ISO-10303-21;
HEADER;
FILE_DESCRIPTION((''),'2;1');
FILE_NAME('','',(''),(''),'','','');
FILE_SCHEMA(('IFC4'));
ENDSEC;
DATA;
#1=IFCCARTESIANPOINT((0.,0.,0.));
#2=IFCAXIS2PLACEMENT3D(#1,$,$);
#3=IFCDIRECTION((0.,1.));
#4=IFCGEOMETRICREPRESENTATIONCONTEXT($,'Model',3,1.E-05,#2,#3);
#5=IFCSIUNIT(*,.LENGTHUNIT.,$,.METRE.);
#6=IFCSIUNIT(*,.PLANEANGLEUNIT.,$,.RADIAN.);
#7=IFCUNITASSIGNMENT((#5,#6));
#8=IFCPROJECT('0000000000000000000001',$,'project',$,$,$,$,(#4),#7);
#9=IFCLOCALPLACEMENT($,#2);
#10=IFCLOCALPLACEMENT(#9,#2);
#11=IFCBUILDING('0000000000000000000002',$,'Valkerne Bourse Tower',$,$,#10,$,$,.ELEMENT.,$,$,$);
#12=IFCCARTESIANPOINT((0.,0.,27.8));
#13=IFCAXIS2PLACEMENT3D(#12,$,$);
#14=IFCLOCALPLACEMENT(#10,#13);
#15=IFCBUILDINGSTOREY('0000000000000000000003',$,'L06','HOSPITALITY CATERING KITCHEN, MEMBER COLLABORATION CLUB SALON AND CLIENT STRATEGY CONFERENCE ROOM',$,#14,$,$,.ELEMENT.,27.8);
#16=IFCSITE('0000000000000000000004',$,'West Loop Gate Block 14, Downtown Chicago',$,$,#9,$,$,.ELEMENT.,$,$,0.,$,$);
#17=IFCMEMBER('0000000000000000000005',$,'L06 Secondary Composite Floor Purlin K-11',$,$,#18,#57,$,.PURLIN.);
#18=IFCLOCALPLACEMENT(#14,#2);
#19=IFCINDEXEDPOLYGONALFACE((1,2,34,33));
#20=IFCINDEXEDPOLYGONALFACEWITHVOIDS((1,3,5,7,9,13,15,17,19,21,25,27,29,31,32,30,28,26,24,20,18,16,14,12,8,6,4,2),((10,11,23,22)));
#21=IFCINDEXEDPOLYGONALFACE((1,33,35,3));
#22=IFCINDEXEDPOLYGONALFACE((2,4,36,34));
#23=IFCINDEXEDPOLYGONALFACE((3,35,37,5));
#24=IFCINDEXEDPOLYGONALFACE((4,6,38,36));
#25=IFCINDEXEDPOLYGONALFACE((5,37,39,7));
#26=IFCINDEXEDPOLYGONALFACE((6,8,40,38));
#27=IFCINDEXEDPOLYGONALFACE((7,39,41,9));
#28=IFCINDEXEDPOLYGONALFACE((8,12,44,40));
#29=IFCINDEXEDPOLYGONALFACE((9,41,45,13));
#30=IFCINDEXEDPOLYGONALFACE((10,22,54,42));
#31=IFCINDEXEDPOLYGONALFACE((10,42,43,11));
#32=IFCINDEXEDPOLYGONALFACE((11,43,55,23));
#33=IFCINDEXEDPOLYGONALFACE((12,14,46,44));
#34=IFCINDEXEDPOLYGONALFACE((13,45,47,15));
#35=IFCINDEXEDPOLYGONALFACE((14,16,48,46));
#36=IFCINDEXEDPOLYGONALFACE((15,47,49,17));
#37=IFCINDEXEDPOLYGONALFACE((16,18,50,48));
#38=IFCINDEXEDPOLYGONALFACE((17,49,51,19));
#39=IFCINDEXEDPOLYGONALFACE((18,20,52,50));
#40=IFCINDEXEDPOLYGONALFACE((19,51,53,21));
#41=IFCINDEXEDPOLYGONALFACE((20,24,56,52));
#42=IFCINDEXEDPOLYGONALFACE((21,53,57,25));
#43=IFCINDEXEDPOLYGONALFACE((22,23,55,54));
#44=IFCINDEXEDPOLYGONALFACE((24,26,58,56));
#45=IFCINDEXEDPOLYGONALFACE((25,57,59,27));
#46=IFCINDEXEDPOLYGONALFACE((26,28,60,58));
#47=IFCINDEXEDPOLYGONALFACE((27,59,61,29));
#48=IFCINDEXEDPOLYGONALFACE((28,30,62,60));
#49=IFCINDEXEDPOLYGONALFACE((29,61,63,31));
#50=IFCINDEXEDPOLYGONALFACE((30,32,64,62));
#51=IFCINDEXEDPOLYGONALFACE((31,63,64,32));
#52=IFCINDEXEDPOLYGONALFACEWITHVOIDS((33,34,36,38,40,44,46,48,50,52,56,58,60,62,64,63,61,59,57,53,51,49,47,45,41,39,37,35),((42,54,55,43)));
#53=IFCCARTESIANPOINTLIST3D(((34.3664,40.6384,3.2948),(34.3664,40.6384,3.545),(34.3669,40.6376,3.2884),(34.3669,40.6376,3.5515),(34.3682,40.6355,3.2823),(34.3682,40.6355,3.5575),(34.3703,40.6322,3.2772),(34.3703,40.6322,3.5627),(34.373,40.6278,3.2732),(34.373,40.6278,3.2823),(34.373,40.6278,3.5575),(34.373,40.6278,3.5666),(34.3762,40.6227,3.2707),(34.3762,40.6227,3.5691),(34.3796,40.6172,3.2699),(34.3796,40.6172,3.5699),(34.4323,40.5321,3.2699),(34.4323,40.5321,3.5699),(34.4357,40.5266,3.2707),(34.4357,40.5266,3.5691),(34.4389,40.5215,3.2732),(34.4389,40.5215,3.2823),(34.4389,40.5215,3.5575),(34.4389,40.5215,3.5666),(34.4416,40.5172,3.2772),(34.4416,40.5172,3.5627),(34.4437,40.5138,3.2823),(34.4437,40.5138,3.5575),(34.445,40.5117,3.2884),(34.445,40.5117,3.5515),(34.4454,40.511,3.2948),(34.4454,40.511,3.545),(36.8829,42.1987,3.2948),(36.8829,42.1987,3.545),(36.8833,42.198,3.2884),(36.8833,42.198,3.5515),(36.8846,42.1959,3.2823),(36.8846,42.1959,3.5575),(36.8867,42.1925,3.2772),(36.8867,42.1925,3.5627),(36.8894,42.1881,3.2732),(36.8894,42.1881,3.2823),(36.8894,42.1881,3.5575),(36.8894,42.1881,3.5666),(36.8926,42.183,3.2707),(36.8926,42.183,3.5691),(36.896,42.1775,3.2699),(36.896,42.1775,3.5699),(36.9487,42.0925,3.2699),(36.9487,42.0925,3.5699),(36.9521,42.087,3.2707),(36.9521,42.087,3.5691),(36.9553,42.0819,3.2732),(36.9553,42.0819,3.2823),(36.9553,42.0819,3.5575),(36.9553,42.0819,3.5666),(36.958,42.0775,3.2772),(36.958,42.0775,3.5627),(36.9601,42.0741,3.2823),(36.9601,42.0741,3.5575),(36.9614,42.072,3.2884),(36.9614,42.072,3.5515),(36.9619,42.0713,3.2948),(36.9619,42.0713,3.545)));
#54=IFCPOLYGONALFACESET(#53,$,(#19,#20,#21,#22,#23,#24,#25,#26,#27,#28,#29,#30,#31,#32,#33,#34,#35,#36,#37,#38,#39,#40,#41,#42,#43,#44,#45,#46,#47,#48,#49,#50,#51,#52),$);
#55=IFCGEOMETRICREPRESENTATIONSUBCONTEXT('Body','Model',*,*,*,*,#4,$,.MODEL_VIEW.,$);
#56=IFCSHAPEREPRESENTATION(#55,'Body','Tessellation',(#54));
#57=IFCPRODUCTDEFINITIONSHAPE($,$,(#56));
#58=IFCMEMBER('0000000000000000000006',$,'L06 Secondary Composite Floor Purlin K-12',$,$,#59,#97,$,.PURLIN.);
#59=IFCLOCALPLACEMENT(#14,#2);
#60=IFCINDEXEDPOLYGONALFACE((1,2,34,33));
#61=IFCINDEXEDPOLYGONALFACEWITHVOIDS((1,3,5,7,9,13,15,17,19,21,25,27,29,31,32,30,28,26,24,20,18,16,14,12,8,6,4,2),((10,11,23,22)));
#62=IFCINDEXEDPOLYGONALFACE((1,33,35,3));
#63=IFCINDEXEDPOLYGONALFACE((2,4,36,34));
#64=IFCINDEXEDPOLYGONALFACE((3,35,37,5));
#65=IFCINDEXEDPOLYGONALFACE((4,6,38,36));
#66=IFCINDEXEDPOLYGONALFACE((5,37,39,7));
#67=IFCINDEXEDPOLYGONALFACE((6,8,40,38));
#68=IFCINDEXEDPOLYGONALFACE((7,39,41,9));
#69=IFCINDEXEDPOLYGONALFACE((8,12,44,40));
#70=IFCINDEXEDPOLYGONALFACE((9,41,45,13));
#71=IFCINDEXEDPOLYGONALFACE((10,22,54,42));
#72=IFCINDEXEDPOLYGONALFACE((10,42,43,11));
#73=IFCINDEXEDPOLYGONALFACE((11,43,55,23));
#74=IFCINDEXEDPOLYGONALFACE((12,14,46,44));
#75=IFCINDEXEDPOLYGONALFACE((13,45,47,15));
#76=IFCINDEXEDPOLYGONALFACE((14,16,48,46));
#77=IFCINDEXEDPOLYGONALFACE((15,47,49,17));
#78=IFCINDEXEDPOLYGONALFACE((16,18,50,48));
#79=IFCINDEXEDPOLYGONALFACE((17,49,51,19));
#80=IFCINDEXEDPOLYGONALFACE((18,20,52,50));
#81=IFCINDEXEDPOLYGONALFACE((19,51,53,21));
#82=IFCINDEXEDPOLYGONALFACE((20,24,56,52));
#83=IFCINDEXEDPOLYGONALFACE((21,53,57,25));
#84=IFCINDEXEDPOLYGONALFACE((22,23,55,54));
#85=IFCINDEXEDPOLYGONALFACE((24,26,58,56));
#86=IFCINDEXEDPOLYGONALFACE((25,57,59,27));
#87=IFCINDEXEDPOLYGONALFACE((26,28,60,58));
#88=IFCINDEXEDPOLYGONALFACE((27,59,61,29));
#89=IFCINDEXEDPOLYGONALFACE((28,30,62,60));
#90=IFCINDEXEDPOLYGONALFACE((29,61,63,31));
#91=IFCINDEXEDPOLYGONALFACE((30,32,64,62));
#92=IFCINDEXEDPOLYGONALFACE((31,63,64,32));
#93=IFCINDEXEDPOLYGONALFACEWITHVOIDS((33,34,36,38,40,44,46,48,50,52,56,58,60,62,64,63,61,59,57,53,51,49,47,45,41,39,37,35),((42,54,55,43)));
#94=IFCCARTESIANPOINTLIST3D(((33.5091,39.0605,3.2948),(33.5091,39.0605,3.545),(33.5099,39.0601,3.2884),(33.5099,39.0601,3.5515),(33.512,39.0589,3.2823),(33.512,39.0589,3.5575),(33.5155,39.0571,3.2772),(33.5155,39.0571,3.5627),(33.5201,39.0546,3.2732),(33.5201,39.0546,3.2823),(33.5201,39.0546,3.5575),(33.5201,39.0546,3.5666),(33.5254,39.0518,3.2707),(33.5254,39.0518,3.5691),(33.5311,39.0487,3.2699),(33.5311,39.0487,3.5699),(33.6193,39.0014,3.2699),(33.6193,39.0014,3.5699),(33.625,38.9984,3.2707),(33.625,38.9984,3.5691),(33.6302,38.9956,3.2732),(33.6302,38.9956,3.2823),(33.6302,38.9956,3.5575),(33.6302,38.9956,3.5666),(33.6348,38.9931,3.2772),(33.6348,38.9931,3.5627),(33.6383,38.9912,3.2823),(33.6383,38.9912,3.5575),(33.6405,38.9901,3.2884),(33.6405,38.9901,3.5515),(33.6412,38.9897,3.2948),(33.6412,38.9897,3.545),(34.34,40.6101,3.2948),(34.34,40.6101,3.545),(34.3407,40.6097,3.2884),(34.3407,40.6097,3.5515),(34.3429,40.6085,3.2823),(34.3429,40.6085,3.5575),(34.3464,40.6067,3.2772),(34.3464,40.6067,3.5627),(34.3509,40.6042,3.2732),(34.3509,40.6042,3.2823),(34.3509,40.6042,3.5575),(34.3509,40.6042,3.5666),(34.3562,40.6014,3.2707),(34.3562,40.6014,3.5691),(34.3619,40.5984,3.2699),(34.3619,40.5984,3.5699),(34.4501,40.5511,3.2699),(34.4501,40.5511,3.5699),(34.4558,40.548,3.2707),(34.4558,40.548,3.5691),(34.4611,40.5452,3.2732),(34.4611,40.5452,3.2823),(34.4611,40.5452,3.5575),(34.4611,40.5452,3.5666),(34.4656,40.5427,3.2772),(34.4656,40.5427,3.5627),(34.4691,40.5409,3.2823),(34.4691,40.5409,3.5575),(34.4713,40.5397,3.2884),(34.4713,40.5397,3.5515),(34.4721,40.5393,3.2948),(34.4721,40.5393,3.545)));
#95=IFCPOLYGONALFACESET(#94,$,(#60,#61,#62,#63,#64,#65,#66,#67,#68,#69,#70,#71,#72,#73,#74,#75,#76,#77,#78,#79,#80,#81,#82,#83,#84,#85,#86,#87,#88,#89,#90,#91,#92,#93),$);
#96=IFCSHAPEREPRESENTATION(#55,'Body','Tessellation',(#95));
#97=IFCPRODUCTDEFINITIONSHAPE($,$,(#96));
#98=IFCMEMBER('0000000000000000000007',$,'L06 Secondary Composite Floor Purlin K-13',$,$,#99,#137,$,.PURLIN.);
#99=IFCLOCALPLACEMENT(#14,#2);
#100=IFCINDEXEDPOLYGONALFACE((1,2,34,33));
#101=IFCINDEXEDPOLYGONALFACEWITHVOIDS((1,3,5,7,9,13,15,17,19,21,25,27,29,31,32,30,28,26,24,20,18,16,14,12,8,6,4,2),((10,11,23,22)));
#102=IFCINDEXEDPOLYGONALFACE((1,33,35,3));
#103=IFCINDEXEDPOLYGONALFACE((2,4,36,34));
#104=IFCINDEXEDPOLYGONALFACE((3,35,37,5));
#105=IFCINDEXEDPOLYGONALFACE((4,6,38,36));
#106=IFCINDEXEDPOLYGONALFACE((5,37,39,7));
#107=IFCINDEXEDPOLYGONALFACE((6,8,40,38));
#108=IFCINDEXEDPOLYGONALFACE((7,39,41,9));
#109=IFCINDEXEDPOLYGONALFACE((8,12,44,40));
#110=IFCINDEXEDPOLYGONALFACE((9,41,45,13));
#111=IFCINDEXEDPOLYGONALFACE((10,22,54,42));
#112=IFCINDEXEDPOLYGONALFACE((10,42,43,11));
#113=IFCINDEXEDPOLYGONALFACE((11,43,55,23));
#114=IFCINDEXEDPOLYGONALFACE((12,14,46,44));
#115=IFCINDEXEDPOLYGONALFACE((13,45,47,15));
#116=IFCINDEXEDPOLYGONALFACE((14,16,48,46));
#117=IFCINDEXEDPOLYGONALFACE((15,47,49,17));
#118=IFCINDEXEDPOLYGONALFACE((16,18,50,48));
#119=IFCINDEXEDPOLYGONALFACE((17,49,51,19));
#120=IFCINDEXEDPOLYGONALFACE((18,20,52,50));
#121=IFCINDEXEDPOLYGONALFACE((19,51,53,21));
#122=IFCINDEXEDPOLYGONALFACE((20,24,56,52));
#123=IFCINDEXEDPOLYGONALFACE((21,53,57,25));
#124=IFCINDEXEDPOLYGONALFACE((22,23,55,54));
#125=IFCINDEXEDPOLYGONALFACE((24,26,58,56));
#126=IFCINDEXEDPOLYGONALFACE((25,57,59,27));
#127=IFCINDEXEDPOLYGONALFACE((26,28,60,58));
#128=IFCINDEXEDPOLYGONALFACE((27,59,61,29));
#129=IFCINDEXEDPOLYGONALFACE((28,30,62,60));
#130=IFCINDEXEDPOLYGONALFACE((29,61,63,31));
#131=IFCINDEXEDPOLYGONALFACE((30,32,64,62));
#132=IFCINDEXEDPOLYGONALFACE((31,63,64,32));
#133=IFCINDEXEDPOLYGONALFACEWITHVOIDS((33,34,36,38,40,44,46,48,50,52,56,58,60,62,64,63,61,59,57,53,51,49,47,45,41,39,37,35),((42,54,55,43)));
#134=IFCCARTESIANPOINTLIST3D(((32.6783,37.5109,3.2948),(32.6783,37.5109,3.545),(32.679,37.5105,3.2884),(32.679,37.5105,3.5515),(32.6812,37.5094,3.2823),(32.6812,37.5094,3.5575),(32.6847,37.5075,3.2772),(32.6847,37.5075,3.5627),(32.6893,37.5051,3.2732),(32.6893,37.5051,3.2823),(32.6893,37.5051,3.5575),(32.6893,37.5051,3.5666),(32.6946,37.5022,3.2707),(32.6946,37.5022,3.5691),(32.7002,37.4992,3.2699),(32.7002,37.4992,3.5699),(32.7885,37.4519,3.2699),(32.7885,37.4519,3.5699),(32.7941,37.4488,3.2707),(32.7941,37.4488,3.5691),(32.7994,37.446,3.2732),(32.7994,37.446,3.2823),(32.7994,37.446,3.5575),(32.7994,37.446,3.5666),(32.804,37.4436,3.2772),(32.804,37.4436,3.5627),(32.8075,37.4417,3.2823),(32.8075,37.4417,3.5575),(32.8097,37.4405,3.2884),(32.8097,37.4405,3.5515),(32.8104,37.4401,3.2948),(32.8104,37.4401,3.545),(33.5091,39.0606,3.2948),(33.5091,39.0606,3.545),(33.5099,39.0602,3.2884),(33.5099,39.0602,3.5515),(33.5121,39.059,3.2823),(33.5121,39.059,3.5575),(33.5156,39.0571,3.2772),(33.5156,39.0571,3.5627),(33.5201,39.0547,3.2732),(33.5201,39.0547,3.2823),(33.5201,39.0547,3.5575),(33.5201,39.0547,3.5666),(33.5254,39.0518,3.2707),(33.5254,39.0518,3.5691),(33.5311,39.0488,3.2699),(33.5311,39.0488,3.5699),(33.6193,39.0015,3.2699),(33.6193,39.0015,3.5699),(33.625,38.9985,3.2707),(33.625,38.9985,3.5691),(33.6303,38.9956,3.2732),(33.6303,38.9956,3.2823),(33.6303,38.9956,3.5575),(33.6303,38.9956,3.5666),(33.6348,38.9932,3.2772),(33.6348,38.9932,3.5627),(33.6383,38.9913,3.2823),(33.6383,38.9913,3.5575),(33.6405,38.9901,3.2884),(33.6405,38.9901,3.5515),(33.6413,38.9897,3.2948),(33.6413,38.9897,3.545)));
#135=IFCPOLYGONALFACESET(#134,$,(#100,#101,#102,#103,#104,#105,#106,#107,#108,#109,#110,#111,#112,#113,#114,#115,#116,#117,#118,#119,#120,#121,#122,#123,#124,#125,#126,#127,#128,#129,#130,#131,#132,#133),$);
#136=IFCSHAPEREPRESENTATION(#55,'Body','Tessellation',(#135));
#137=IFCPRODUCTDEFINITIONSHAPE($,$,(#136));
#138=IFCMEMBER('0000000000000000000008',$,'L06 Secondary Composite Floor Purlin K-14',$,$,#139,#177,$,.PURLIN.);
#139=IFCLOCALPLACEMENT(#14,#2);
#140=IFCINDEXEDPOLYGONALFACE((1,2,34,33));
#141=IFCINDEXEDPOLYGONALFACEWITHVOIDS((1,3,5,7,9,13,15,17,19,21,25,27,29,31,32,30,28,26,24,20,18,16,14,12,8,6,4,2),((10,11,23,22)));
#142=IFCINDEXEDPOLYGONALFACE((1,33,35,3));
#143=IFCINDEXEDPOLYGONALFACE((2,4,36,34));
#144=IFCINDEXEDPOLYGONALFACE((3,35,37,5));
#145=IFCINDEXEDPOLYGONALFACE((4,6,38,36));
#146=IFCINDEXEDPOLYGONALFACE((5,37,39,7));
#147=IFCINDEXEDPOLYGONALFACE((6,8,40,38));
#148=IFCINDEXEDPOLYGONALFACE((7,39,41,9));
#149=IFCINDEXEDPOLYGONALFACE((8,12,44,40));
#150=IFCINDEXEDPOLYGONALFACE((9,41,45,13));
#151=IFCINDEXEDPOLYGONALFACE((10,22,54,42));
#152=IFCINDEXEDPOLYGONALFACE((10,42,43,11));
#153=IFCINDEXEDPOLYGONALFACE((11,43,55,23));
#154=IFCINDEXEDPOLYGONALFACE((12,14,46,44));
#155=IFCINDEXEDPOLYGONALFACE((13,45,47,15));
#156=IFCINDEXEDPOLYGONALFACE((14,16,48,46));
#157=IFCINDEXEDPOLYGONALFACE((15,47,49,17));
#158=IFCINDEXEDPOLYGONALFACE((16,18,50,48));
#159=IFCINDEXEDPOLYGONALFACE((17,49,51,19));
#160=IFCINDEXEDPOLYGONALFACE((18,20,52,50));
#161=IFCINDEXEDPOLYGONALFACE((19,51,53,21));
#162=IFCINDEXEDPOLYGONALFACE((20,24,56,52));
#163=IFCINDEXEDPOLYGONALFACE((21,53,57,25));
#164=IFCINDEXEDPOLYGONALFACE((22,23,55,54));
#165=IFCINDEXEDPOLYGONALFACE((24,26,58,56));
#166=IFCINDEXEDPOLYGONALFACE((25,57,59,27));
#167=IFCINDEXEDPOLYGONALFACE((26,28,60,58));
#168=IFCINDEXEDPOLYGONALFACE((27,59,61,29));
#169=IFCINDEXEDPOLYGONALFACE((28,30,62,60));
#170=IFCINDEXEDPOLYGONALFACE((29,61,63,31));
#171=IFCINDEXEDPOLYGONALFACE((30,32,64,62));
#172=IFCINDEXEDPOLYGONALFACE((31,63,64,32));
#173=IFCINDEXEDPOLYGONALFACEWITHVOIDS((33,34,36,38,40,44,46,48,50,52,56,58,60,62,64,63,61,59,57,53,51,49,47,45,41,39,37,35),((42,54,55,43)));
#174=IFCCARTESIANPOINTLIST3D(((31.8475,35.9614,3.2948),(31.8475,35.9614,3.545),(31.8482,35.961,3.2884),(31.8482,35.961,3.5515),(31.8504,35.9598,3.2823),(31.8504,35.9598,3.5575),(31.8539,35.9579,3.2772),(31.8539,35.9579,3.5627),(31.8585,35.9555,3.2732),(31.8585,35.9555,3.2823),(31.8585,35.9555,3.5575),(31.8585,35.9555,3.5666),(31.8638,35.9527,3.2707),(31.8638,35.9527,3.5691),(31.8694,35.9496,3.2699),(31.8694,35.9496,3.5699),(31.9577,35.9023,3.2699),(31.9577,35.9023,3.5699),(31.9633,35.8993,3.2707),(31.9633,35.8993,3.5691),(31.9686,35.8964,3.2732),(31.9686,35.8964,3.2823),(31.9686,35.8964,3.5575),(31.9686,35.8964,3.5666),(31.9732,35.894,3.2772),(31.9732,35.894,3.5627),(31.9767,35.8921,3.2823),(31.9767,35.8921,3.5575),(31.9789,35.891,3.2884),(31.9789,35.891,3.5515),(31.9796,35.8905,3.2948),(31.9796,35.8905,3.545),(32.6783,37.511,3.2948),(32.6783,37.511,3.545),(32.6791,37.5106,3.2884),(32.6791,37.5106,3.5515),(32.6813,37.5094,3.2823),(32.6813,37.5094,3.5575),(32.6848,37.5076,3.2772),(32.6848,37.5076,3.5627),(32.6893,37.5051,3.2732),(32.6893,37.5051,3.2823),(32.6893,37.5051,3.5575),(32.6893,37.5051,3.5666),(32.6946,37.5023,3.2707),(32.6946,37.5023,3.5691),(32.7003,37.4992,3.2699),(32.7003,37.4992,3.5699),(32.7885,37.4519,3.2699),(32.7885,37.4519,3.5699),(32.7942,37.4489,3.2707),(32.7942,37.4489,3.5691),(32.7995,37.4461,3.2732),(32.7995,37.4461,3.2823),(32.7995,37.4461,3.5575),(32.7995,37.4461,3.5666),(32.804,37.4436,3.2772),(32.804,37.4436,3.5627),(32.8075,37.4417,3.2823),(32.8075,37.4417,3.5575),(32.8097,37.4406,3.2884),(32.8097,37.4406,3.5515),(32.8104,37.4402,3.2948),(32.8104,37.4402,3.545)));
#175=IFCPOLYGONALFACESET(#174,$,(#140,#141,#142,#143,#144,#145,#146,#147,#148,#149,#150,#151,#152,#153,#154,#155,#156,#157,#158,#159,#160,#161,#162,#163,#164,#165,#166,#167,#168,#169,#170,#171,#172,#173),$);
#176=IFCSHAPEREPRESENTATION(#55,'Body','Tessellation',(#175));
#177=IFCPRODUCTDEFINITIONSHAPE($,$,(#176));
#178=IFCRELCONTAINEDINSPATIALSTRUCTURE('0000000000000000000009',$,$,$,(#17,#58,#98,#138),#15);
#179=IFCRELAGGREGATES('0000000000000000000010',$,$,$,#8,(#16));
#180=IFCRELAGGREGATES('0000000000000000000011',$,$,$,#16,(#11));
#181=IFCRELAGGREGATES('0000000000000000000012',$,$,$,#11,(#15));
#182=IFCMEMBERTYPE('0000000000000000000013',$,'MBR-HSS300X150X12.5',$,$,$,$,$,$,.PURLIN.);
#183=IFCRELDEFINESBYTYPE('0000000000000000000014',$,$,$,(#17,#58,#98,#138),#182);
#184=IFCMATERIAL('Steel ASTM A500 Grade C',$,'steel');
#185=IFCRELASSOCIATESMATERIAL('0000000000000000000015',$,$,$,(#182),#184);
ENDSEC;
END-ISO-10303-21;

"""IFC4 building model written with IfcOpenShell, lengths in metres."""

from ifc_helpers import new_model, si_unit, direction, frame, origin, origin_2d, place, context, subcontext, project, spatial, hollow_rectangle, extrude, material, material_profile, profile_set, type_object, element, save


model = new_model("IFC4")

# Units and contexts
model_context = context("Model", 3, precision=1e-05, world=origin(), true_north=direction((0.0, 1.0)))
body_context = subcontext(model_context, "Body", "Model", "MODEL_VIEW")
ifc_project = project(units=[si_unit("LENGTHUNIT", "METRE"), si_unit("PLANEANGLEUNIT", "RADIAN")], contexts=[model_context])

# Site, building, storey
site_placement = place(None, origin())
site = spatial("IfcSite", under=ifc_project, at=site_placement, Name="West Loop Gate Block 14, Downtown Chicago", CompositionType="ELEMENT", RefElevation=0.0)
building_placement = place(site_placement, origin())
building = spatial("IfcBuilding", under=site, at=building_placement, Name="Valkerne Bourse Tower", CompositionType="ELEMENT")
storey_placement = place(building_placement, frame((0.0, 0.0, 27.8)))
storey = spatial("IfcBuildingStorey", under=building, at=storey_placement, Name="L06", Description="HOSPITALITY CATERING KITCHEN, MEMBER COLLABORATION CLUB SALON AND CLIENT STRATEGY CONFERENCE ROOM", CompositionType="ELEMENT", Elevation=27.8)

# Members
ifc_material_1 = material(Name="Steel ASTM A500 Grade C", Category="steel")
ifc_material_profile_1 = material_profile(ifc_material_1, hollow_rectangle(XDim=0.1499, YDim=0.3, WallThickness=0.0125, OuterFilletRadius=0.0249, at=origin_2d()), Name="HSS300X150X12.5")
ifc_profile_set_1 = profile_set([ifc_material_profile_1], Name="Steel ASTM A500 Grade C")
member_type_1 = type_object("IfcMemberType", Name="MBR-HSS300X150X12.5", PredefinedType="PURLIN", material=ifc_profile_set_1)
member_1_placement = place(storey_placement, frame((36.9224, 42.135, 3.4199), z_axis=(-0.849878, -0.526979, 0.0), x_axis=(0.526979, -0.849878, 0.0)))
element("IfcMember", 1, at=member_1_placement, inside=storey, type_object=member_type_1, Name="L06 Secondary Composite Floor Purlin K-11", PredefinedType="PURLIN", context=body_context, shape_type="SweptSolid", body=[
    extrude(hollow_rectangle(XDim=0.1499, YDim=0.3, WallThickness=0.0125, OuterFilletRadius=0.0249, at=origin_2d()), origin(), (0.0, 0.0, 1.0), 2.9609),
])
for number, where, z_axis, x_axis, name in (
    (2, (34.406, 40.5747, 3.4199), (-0.472526, -0.881317, 0.0), (0.881317, -0.472526, 0.0), "L06 Secondary Composite Floor Purlin K-12"),
    (3, (33.5752, 39.0251, 3.4199), (-0.472526, -0.881317, 0.0), (0.881317, -0.472526, 0.0), "L06 Secondary Composite Floor Purlin K-13"),
    (4, (32.7444, 37.4756, 3.4199), (-0.472526, -0.881317, 0.0), (0.881317, -0.472526, 0.0), "L06 Secondary Composite Floor Purlin K-14"),
):
    element("IfcMember", number, at=place(storey_placement, frame(where, z_axis=z_axis, x_axis=x_axis)), inside=storey, type_object=member_type_1, Name=name, PredefinedType="PURLIN", context=body_context, shape_type="SweptSolid", body=[
        extrude(hollow_rectangle(XDim=0.1499, YDim=0.3, WallThickness=0.0125, OuterFilletRadius=0.0249, at=origin_2d()), origin(), (0.0, 0.0, 1.0), 1.7583),
    ])

save(model, "model.ifc")
